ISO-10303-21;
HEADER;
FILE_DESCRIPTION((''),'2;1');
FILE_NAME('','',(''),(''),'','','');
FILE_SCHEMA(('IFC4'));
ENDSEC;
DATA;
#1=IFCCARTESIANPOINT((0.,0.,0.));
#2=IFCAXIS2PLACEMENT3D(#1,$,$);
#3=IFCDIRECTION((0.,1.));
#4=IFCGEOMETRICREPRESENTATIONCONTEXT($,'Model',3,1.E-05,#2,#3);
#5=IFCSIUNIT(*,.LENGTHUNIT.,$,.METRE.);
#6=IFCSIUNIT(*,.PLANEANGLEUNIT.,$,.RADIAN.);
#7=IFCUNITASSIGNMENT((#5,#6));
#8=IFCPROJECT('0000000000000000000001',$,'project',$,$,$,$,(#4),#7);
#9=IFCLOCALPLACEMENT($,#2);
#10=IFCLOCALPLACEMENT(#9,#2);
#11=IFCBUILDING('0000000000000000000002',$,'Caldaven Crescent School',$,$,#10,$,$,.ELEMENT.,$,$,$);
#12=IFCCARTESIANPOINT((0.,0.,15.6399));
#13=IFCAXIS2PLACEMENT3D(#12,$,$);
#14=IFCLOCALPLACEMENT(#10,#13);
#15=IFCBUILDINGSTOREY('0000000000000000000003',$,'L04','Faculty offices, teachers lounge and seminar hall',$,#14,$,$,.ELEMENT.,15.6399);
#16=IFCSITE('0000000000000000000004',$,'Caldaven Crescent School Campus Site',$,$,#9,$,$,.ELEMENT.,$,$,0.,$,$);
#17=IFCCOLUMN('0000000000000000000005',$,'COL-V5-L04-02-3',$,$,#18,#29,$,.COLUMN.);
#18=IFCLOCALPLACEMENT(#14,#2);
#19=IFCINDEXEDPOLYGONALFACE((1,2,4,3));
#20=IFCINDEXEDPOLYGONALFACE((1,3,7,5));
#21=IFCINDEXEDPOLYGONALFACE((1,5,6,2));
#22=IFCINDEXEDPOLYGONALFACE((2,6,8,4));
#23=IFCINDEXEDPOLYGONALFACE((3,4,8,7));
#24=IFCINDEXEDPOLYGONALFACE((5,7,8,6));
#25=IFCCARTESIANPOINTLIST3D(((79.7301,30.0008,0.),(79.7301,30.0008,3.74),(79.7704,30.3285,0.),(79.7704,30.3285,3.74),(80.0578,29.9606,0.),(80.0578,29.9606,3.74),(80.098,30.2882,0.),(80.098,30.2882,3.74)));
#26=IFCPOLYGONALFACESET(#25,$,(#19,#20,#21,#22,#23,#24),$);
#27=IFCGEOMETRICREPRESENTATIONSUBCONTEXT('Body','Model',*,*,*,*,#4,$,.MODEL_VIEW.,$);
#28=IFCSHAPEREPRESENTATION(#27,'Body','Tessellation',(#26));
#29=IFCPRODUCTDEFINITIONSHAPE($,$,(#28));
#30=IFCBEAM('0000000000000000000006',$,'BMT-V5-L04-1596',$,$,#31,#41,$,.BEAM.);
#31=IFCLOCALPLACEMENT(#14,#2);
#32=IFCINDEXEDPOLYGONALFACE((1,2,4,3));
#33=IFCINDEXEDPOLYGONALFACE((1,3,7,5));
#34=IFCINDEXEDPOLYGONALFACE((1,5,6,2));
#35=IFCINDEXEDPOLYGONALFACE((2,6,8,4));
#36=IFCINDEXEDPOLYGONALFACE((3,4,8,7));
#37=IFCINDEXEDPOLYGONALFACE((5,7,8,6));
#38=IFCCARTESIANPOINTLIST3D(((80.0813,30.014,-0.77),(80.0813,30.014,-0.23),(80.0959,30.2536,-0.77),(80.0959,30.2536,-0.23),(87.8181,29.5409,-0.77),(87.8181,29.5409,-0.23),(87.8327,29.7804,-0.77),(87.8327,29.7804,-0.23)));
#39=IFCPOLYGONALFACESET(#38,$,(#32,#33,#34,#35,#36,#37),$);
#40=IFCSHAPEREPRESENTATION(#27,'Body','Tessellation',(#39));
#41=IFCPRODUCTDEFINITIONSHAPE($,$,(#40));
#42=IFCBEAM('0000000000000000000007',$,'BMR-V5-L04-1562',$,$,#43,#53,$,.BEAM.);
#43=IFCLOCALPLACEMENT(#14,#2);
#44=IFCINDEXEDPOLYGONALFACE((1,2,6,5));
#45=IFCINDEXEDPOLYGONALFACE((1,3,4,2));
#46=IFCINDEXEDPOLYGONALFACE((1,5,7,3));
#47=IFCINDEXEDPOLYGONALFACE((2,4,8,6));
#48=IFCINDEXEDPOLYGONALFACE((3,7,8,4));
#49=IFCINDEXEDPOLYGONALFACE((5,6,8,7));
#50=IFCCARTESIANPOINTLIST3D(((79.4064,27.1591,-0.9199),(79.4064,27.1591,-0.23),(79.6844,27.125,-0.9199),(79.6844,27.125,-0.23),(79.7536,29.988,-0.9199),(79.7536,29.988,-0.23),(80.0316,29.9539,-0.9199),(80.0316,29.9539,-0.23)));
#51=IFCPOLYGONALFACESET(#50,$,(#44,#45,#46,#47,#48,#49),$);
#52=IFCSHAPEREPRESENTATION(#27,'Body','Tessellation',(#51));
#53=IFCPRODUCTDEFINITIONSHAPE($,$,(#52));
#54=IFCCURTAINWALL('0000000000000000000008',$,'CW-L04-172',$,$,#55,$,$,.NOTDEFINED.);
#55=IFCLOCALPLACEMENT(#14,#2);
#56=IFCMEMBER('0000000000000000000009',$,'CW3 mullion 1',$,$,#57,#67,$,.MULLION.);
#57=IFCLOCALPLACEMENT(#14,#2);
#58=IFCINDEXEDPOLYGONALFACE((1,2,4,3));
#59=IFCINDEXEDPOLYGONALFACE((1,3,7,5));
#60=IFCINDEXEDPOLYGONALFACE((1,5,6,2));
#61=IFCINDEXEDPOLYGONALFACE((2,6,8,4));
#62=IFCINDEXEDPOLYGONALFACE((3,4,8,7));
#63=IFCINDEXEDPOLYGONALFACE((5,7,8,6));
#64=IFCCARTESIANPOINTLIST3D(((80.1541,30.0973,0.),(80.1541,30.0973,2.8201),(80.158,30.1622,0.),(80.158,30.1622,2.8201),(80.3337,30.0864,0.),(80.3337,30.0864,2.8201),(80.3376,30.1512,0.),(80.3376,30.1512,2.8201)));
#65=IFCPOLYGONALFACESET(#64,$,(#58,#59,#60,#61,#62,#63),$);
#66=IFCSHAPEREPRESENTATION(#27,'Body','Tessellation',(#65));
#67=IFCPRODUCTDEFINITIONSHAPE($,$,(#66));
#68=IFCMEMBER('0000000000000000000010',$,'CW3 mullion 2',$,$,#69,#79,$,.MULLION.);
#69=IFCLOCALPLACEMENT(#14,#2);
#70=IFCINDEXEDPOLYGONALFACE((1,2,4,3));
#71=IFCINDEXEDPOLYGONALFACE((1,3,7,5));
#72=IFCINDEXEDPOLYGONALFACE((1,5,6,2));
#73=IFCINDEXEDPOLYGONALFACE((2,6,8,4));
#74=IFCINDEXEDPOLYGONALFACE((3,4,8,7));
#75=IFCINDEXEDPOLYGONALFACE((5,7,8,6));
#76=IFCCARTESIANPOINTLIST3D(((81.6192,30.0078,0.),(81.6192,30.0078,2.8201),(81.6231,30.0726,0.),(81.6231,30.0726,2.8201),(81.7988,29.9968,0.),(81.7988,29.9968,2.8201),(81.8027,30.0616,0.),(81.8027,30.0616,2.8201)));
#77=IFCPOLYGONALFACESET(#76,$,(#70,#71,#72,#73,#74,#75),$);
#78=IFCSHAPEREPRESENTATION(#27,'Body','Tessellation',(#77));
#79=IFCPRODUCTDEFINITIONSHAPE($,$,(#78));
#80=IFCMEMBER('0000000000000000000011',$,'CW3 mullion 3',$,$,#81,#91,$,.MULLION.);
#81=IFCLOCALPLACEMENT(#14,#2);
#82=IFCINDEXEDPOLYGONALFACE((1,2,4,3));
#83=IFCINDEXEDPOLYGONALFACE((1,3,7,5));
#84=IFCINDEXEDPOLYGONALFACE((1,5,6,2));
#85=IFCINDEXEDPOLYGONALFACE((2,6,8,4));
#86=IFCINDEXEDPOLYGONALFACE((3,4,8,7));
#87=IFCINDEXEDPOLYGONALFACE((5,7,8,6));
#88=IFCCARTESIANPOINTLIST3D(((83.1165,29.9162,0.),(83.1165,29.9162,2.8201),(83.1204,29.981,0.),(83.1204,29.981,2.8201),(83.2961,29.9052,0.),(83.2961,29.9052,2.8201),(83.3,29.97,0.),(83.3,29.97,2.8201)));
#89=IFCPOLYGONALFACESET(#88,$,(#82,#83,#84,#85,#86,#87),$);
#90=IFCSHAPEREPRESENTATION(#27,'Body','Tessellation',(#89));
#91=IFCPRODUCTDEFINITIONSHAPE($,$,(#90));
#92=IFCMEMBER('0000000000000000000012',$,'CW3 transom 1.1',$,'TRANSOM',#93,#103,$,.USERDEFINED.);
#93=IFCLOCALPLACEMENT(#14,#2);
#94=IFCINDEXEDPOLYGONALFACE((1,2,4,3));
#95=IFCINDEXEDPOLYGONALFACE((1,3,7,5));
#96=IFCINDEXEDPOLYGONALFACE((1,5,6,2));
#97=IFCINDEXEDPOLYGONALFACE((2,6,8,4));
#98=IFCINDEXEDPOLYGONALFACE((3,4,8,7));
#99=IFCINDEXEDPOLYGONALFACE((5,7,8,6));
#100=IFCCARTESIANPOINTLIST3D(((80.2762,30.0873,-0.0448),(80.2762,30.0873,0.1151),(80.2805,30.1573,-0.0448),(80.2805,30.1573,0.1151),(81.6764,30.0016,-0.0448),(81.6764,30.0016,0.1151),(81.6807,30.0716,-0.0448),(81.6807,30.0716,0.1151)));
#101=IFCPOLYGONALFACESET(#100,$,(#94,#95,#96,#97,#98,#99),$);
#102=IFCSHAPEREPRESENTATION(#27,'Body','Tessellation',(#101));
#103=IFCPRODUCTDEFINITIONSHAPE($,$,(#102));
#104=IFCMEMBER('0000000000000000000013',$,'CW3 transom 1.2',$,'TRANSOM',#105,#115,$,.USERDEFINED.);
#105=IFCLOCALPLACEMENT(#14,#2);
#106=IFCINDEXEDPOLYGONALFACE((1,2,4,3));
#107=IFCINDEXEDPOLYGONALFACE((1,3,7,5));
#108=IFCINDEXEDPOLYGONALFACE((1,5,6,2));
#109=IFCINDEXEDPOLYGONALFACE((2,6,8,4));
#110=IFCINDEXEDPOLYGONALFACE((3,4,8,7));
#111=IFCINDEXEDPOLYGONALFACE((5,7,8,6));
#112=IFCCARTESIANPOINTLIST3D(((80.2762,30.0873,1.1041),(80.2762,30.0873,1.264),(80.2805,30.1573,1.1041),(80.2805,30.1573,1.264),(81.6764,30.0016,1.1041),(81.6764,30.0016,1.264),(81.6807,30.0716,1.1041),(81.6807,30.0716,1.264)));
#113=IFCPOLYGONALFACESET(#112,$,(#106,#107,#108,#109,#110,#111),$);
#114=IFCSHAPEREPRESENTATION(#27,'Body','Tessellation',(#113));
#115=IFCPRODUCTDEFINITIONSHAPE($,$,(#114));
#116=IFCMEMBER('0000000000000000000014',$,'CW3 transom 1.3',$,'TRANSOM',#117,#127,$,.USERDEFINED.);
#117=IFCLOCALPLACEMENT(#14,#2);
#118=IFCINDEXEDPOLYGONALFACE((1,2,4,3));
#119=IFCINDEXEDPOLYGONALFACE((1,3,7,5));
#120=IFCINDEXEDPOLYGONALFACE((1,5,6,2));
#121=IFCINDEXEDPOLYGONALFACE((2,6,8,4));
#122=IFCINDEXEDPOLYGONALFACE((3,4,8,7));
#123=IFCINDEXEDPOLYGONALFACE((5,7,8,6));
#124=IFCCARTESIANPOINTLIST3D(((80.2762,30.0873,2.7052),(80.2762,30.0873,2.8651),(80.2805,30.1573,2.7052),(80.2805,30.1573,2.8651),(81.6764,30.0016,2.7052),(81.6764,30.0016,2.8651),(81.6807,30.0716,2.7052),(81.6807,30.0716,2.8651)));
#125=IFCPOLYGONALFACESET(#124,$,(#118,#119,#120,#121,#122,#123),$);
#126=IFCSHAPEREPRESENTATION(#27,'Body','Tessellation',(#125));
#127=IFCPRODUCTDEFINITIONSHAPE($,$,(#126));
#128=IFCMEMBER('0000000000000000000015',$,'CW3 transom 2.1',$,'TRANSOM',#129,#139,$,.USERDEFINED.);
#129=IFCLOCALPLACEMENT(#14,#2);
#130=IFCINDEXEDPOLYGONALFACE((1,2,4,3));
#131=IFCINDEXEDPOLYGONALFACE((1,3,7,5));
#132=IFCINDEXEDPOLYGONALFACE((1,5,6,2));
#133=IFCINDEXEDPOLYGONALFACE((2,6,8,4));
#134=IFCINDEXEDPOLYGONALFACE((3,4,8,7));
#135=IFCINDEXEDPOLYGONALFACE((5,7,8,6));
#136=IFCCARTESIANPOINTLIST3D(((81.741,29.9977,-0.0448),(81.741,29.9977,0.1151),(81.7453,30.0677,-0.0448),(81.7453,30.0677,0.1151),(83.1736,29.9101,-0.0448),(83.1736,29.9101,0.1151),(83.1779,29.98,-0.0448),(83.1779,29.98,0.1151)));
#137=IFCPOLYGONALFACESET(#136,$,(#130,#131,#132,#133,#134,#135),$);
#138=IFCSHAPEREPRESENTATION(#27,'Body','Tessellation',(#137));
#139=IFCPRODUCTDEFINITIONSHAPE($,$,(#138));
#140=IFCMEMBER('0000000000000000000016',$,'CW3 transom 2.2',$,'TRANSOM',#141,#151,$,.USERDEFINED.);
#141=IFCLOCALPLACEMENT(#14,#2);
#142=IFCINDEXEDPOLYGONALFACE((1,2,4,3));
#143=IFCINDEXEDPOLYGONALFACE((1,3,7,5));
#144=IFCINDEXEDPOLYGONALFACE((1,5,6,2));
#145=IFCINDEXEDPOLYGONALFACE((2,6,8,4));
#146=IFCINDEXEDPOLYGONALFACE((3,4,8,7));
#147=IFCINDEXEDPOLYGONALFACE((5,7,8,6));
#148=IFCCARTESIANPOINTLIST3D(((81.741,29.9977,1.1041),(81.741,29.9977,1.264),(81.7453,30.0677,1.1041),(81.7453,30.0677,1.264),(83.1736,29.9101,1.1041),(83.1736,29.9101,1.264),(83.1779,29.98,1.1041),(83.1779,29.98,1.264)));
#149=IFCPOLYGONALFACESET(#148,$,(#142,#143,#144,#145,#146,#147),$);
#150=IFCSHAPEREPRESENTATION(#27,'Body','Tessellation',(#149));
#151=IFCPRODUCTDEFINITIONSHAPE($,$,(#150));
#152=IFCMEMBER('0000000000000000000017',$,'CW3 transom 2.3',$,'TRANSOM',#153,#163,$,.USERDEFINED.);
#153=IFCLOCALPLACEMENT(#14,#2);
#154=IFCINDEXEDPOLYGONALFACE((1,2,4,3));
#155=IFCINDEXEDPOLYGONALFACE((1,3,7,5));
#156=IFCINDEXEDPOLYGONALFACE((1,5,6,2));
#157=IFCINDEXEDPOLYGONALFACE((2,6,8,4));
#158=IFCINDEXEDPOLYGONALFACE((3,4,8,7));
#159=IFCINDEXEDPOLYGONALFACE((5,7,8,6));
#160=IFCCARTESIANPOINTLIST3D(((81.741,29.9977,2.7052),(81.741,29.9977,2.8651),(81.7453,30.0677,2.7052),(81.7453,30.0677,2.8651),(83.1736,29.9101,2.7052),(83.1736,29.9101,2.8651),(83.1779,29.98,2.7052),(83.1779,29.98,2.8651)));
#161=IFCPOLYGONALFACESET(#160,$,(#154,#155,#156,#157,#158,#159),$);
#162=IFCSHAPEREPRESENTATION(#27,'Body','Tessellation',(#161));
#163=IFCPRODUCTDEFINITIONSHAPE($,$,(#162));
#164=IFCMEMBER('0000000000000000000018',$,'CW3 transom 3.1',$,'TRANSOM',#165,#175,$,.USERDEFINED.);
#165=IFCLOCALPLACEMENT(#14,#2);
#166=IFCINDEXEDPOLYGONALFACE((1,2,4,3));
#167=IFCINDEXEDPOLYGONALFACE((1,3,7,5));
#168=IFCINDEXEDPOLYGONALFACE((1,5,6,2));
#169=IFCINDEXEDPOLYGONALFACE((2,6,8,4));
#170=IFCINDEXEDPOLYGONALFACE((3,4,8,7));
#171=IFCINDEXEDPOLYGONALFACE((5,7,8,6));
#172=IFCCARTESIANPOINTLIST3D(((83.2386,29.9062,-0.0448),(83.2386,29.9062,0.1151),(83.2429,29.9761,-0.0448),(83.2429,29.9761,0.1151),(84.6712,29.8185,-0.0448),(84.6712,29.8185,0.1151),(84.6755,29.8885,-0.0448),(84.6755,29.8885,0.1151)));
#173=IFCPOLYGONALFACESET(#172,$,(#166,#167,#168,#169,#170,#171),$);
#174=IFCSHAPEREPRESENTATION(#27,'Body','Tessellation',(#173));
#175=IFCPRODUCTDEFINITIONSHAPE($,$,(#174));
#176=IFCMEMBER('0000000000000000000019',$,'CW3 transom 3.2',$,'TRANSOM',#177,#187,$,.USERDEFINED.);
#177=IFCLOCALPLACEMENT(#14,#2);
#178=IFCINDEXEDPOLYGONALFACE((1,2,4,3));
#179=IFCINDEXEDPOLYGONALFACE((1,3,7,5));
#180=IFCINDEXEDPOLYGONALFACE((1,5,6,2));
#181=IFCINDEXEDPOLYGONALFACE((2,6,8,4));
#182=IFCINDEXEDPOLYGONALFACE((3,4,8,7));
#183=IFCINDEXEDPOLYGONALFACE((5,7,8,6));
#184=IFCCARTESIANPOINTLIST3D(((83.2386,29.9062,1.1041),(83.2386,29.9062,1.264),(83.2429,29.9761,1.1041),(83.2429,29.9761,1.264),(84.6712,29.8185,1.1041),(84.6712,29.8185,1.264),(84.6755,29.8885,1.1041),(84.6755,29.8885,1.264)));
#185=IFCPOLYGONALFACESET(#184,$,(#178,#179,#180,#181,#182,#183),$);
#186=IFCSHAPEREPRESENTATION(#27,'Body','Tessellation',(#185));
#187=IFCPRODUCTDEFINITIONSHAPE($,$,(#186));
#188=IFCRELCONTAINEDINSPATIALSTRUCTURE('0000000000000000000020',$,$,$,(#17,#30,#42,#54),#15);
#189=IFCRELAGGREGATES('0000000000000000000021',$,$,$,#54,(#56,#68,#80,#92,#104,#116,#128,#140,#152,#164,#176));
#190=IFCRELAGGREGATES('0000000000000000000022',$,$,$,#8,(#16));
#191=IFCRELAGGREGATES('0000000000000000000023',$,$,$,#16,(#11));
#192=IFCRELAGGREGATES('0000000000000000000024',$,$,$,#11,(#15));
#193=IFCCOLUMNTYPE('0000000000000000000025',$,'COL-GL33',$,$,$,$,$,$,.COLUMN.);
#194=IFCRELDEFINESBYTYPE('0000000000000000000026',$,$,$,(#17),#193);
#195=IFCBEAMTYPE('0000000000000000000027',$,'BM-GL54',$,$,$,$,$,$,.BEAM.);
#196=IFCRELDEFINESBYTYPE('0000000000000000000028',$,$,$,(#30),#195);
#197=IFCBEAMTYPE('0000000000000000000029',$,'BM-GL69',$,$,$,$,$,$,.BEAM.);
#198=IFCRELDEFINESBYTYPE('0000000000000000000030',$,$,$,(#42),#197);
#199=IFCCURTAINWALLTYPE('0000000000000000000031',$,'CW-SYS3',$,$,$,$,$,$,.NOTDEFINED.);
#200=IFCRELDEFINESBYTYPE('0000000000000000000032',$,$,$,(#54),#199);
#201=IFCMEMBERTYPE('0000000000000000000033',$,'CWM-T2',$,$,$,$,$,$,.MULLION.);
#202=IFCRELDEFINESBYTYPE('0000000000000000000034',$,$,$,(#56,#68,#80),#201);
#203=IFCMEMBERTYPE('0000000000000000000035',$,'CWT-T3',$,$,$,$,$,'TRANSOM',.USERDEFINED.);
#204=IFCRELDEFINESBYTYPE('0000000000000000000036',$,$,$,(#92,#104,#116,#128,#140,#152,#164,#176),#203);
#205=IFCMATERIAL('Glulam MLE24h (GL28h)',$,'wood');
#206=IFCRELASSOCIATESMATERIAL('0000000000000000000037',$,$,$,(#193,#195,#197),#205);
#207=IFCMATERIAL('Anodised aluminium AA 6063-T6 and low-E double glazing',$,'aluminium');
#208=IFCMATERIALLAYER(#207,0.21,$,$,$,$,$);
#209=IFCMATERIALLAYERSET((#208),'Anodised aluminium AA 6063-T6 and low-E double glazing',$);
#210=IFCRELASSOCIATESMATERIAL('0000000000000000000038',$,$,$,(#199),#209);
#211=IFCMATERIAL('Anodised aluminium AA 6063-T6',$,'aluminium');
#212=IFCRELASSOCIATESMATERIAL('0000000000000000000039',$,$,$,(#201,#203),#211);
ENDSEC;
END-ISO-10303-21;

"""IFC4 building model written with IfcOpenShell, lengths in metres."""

from ifc_helpers import new_model, si_unit, direction, frame, origin, origin_2d, place, context, subcontext, project, spatial, rectangle, extrude, material, layer, layer_set, material_profile, profile_set, type_object, element, aggregate, save


model = new_model("IFC4")

# Units and contexts
model_context = context("Model", 3, precision=1e-05, world=origin(), true_north=direction((0.0, 1.0)))
body_context = subcontext(model_context, "Body", "Model", "MODEL_VIEW")
ifc_project = project(units=[si_unit("LENGTHUNIT", "METRE"), si_unit("PLANEANGLEUNIT", "RADIAN")], contexts=[model_context])

# Site, building, storey
site_placement = place(None, origin())
site = spatial("IfcSite", under=ifc_project, at=site_placement, Name="Caldaven Crescent School Campus Site", CompositionType="ELEMENT", RefElevation=0.0)
building_placement = place(site_placement, origin())
building = spatial("IfcBuilding", under=site, at=building_placement, Name="Caldaven Crescent School", CompositionType="ELEMENT")
storey_placement = place(building_placement, frame((0.0, 0.0, 15.6399)))
storey = spatial("IfcBuildingStorey", under=building, at=storey_placement, Name="L04", Description="Faculty offices, teachers lounge and seminar hall", CompositionType="ELEMENT", Elevation=15.6399)

# Column
ifc_material_1 = material(Name="Glulam MLE24h (GL28h)", Category="wood")
ifc_material_profile_1 = material_profile(ifc_material_1, rectangle(XDim=0.3301, YDim=0.3301, at=origin_2d()), Name="MLE 330x330")
ifc_profile_set_1 = profile_set([ifc_material_profile_1], Name="Glulam MLE24h (GL28h)")
column_type = type_object("IfcColumnType", Name="COL-GL33", PredefinedType="COLUMN", material=ifc_profile_set_1)
column_placement = place(storey_placement, frame((79.9141, 30.1445, 0.0), z_axis=(0.0, 0.0, 1.0), x_axis=(-0.121869, -0.992546, 0.0)))
element("IfcColumn", 1, at=column_placement, inside=storey, type_object=column_type, Name="COL-V5-L04-02-3", PredefinedType="COLUMN", context=body_context, shape_type="SweptSolid", body=[
    extrude(rectangle(XDim=0.3301, YDim=0.3301, at=origin_2d()), origin(), (0.0, 0.0, 1.0), 3.74),
])

# Beams
ifc_material_profile_2 = material_profile(ifc_material_1, rectangle(XDim=0.24, YDim=0.54, at=origin_2d()), Name="MLE 240x540")
ifc_profile_set_2 = profile_set([ifc_material_profile_2], Name="Glulam MLE24h (GL28h)")
beam_type_1 = type_object("IfcBeamType", Name="BM-GL54", PredefinedType="BEAM", material=ifc_profile_set_2)
beam_1_placement = place(storey_placement, frame((80.0886, 30.1338, -0.5), z_axis=(0.998135, -0.061041, 0.0), x_axis=(0.061041, 0.998135, 0.0)))
element("IfcBeam", 2, at=beam_1_placement, inside=storey, type_object=beam_type_1, Name="BMT-V5-L04-1596", PredefinedType="BEAM", context=body_context, shape_type="SweptSolid", body=[
    extrude(rectangle(XDim=0.24, YDim=0.54, at=origin_2d()), origin(), (0.0, 0.0, 1.0), 7.7512),
])
ifc_material_profile_3 = material_profile(ifc_material_1, rectangle(XDim=0.28, YDim=0.6899, at=origin_2d()), Name="MLE 280x690")
ifc_profile_set_3 = profile_set([ifc_material_profile_3], Name="Glulam MLE24h (GL28h)")
beam_type_2 = type_object("IfcBeamType", Name="BM-GL69", PredefinedType="BEAM", material=ifc_profile_set_3)
beam_2_placement = place(storey_placement, frame((79.8926, 29.9709, -0.575), z_axis=(-0.12181, -0.992553, 0.0), x_axis=(0.992553, -0.12181, 0.0)))
element("IfcBeam", 3, at=beam_2_placement, inside=storey, type_object=beam_type_2, Name="BMR-V5-L04-1562", PredefinedType="BEAM", context=body_context, shape_type="SweptSolid", body=[
    extrude(rectangle(XDim=0.28, YDim=0.6899, at=origin_2d()), origin(), (0.0, 0.0, 1.0), 2.8501),
])

# Curtain wall, members
ifc_material_2 = material(Name="Anodised aluminium AA 6063-T6 and low-E double glazing", Category="aluminium")
ifc_layer_1 = layer(ifc_material_2, 0.21)
ifc_layer_set_1 = layer_set([ifc_layer_1], Name="Anodised aluminium AA 6063-T6 and low-E double glazing")
curtain_wall_type = type_object("IfcCurtainWallType", Name="CW-SYS3", PredefinedType="NOTDEFINED", material=ifc_layer_set_1)
curtain_wall_placement = place(storey_placement, origin())
curtain_wall = element("IfcCurtainWall", 4, at=curtain_wall_placement, inside=storey, type_object=curtain_wall_type, Name="CW-L04-172", PredefinedType="NOTDEFINED")
ifc_material_3 = material(Name="Anodised aluminium AA 6063-T6", Category="aluminium")
ifc_material_profile_4 = material_profile(ifc_material_3, rectangle(XDim=0.0649, YDim=0.1799, at=origin_2d()), Name="CWM 65x180")
ifc_profile_set_4 = profile_set([ifc_material_profile_4], Name="Anodised aluminium AA 6063-T6")
member_type_1 = type_object("IfcMemberType", Name="CWM-T2", PredefinedType="MULLION", material=ifc_profile_set_4)
member_1_placement = place(storey_placement, frame((80.2458, 30.1243, 0.0), z_axis=(0.0, 0.0, 1.0), x_axis=(0.061049, 0.998135, 0.0)))
member_1 = element("IfcMember", 5, at=member_1_placement, type_object=member_type_1, Name="CW3 mullion 1", PredefinedType="MULLION", context=body_context, shape_type="SweptSolid", body=[
    extrude(rectangle(XDim=0.0649, YDim=0.1799, at=origin_2d()), origin(), (0.0, 0.0, 1.0), 2.8201),
])
member_2_placement = place(storey_placement, frame((81.7109, 30.0347, 0.0), z_axis=(0.0, 0.0, 1.0), x_axis=(0.061049, 0.998135, 0.0)))
member_2 = element("IfcMember", 6, at=member_2_placement, type_object=member_type_1, Name="CW3 mullion 2", PredefinedType="MULLION", context=body_context, shape_type="SweptSolid", body=[
    extrude(rectangle(XDim=0.0649, YDim=0.1799, at=origin_2d()), origin(), (0.0, 0.0, 1.0), 2.8201),
])
member_3_placement = place(storey_placement, frame((83.2083, 29.9431, 0.0), z_axis=(0.0, 0.0, 1.0), x_axis=(0.061049, 0.998135, 0.0)))
member_3 = element("IfcMember", 7, at=member_3_placement, type_object=member_type_1, Name="CW3 mullion 3", PredefinedType="MULLION", context=body_context, shape_type="SweptSolid", body=[
    extrude(rectangle(XDim=0.0649, YDim=0.1799, at=origin_2d()), origin(), (0.0, 0.0, 1.0), 2.8201),
])
ifc_material_profile_5 = material_profile(ifc_material_3, rectangle(XDim=0.0701, YDim=0.1599, at=origin_2d()), Name="CWT 70x160")
ifc_profile_set_5 = profile_set([ifc_material_profile_5], Name="Anodised aluminium AA 6063-T6")
member_type_2 = type_object("IfcMemberType", Name="CWT-T3", ElementType="TRANSOM", PredefinedType="USERDEFINED", material=ifc_profile_set_5)
member_4_placement = place(storey_placement, frame((80.2783, 30.1223, 0.0352), z_axis=(0.998132, -0.061089, 0.0), x_axis=(0.061089, 0.998132, 0.0)))
member_4 = element("IfcMember", 8, at=member_4_placement, type_object=member_type_2, Name="CW3 transom 1.1", ObjectType="TRANSOM", PredefinedType="USERDEFINED", context=body_context, shape_type="SweptSolid", body=[
    extrude(rectangle(XDim=0.0701, YDim=0.1599, at=origin_2d()), origin(), (0.0, 0.0, 1.0), 1.4028),
])
member_5_placement = place(storey_placement, frame((80.2783, 30.1223, 1.1841), z_axis=(0.998132, -0.061089, 0.0), x_axis=(0.061089, 0.998132, 0.0)))
member_5 = element("IfcMember", 9, at=member_5_placement, type_object=member_type_2, Name="CW3 transom 1.2", ObjectType="TRANSOM", PredefinedType="USERDEFINED", context=body_context, shape_type="SweptSolid", body=[
    extrude(rectangle(XDim=0.0701, YDim=0.1599, at=origin_2d()), origin(), (0.0, 0.0, 1.0), 1.4028),
])
member_6_placement = place(storey_placement, frame((80.2783, 30.1223, 2.7852), z_axis=(0.998132, -0.061089, 0.0), x_axis=(0.061089, 0.998132, 0.0)))
member_6 = element("IfcMember", 10, at=member_6_placement, type_object=member_type_2, Name="CW3 transom 1.3", ObjectType="TRANSOM", PredefinedType="USERDEFINED", context=body_context, shape_type="SweptSolid", body=[
    extrude(rectangle(XDim=0.0701, YDim=0.1599, at=origin_2d()), origin(), (0.0, 0.0, 1.0), 1.4028),
])
member_7_placement = place(storey_placement, frame((81.7432, 30.0327, 0.0352), z_axis=(0.998134, -0.061065, 0.0), x_axis=(0.061065, 0.998134, 0.0)))
member_7 = element("IfcMember", 11, at=member_7_placement, type_object=member_type_2, Name="CW3 transom 2.1", ObjectType="TRANSOM", PredefinedType="USERDEFINED", context=body_context, shape_type="SweptSolid", body=[
    extrude(rectangle(XDim=0.0701, YDim=0.1599, at=origin_2d()), origin(), (0.0, 0.0, 1.0), 1.4353),
])
member_8_placement = place(storey_placement, frame((81.7432, 30.0327, 1.1841), z_axis=(0.998134, -0.061065, 0.0), x_axis=(0.061065, 0.998134, 0.0)))
member_8 = element("IfcMember", 12, at=member_8_placement, type_object=member_type_2, Name="CW3 transom 2.2", ObjectType="TRANSOM", PredefinedType="USERDEFINED", context=body_context, shape_type="SweptSolid", body=[
    extrude(rectangle(XDim=0.0701, YDim=0.1599, at=origin_2d()), origin(), (0.0, 0.0, 1.0), 1.4353),
])
member_9_placement = place(storey_placement, frame((81.7432, 30.0327, 2.7852), z_axis=(0.998134, -0.061065, 0.0), x_axis=(0.061065, 0.998134, 0.0)))
member_9 = element("IfcMember", 13, at=member_9_placement, type_object=member_type_2, Name="CW3 transom 2.3", ObjectType="TRANSOM", PredefinedType="USERDEFINED", context=body_context, shape_type="SweptSolid", body=[
    extrude(rectangle(XDim=0.0701, YDim=0.1599, at=origin_2d()), origin(), (0.0, 0.0, 1.0), 1.4353),
])
member_10_placement = place(storey_placement, frame((83.2407, 29.9412, 0.0352), z_axis=(0.998134, -0.061065, 0.0), x_axis=(0.061065, 0.998134, 0.0)))
member_10 = element("IfcMember", 14, at=member_10_placement, type_object=member_type_2, Name="CW3 transom 3.1", ObjectType="TRANSOM", PredefinedType="USERDEFINED", context=body_context, shape_type="SweptSolid", body=[
    extrude(rectangle(XDim=0.0701, YDim=0.1599, at=origin_2d()), origin(), (0.0, 0.0, 1.0), 1.4353),
])
member_11_placement = place(storey_placement, frame((83.2407, 29.9412, 1.1841), z_axis=(0.998134, -0.061065, 0.0), x_axis=(0.061065, 0.998134, 0.0)))
member_11 = element("IfcMember", 15, at=member_11_placement, type_object=member_type_2, Name="CW3 transom 3.2", ObjectType="TRANSOM", PredefinedType="USERDEFINED", context=body_context, shape_type="SweptSolid", body=[
    extrude(rectangle(XDim=0.0701, YDim=0.1599, at=origin_2d()), origin(), (0.0, 0.0, 1.0), 1.4353),
])

aggregate(curtain_wall, [member_1, member_2, member_3, member_4, member_5, member_6, member_7, member_8, member_9, member_10, member_11])

save(model, "model.ifc")
